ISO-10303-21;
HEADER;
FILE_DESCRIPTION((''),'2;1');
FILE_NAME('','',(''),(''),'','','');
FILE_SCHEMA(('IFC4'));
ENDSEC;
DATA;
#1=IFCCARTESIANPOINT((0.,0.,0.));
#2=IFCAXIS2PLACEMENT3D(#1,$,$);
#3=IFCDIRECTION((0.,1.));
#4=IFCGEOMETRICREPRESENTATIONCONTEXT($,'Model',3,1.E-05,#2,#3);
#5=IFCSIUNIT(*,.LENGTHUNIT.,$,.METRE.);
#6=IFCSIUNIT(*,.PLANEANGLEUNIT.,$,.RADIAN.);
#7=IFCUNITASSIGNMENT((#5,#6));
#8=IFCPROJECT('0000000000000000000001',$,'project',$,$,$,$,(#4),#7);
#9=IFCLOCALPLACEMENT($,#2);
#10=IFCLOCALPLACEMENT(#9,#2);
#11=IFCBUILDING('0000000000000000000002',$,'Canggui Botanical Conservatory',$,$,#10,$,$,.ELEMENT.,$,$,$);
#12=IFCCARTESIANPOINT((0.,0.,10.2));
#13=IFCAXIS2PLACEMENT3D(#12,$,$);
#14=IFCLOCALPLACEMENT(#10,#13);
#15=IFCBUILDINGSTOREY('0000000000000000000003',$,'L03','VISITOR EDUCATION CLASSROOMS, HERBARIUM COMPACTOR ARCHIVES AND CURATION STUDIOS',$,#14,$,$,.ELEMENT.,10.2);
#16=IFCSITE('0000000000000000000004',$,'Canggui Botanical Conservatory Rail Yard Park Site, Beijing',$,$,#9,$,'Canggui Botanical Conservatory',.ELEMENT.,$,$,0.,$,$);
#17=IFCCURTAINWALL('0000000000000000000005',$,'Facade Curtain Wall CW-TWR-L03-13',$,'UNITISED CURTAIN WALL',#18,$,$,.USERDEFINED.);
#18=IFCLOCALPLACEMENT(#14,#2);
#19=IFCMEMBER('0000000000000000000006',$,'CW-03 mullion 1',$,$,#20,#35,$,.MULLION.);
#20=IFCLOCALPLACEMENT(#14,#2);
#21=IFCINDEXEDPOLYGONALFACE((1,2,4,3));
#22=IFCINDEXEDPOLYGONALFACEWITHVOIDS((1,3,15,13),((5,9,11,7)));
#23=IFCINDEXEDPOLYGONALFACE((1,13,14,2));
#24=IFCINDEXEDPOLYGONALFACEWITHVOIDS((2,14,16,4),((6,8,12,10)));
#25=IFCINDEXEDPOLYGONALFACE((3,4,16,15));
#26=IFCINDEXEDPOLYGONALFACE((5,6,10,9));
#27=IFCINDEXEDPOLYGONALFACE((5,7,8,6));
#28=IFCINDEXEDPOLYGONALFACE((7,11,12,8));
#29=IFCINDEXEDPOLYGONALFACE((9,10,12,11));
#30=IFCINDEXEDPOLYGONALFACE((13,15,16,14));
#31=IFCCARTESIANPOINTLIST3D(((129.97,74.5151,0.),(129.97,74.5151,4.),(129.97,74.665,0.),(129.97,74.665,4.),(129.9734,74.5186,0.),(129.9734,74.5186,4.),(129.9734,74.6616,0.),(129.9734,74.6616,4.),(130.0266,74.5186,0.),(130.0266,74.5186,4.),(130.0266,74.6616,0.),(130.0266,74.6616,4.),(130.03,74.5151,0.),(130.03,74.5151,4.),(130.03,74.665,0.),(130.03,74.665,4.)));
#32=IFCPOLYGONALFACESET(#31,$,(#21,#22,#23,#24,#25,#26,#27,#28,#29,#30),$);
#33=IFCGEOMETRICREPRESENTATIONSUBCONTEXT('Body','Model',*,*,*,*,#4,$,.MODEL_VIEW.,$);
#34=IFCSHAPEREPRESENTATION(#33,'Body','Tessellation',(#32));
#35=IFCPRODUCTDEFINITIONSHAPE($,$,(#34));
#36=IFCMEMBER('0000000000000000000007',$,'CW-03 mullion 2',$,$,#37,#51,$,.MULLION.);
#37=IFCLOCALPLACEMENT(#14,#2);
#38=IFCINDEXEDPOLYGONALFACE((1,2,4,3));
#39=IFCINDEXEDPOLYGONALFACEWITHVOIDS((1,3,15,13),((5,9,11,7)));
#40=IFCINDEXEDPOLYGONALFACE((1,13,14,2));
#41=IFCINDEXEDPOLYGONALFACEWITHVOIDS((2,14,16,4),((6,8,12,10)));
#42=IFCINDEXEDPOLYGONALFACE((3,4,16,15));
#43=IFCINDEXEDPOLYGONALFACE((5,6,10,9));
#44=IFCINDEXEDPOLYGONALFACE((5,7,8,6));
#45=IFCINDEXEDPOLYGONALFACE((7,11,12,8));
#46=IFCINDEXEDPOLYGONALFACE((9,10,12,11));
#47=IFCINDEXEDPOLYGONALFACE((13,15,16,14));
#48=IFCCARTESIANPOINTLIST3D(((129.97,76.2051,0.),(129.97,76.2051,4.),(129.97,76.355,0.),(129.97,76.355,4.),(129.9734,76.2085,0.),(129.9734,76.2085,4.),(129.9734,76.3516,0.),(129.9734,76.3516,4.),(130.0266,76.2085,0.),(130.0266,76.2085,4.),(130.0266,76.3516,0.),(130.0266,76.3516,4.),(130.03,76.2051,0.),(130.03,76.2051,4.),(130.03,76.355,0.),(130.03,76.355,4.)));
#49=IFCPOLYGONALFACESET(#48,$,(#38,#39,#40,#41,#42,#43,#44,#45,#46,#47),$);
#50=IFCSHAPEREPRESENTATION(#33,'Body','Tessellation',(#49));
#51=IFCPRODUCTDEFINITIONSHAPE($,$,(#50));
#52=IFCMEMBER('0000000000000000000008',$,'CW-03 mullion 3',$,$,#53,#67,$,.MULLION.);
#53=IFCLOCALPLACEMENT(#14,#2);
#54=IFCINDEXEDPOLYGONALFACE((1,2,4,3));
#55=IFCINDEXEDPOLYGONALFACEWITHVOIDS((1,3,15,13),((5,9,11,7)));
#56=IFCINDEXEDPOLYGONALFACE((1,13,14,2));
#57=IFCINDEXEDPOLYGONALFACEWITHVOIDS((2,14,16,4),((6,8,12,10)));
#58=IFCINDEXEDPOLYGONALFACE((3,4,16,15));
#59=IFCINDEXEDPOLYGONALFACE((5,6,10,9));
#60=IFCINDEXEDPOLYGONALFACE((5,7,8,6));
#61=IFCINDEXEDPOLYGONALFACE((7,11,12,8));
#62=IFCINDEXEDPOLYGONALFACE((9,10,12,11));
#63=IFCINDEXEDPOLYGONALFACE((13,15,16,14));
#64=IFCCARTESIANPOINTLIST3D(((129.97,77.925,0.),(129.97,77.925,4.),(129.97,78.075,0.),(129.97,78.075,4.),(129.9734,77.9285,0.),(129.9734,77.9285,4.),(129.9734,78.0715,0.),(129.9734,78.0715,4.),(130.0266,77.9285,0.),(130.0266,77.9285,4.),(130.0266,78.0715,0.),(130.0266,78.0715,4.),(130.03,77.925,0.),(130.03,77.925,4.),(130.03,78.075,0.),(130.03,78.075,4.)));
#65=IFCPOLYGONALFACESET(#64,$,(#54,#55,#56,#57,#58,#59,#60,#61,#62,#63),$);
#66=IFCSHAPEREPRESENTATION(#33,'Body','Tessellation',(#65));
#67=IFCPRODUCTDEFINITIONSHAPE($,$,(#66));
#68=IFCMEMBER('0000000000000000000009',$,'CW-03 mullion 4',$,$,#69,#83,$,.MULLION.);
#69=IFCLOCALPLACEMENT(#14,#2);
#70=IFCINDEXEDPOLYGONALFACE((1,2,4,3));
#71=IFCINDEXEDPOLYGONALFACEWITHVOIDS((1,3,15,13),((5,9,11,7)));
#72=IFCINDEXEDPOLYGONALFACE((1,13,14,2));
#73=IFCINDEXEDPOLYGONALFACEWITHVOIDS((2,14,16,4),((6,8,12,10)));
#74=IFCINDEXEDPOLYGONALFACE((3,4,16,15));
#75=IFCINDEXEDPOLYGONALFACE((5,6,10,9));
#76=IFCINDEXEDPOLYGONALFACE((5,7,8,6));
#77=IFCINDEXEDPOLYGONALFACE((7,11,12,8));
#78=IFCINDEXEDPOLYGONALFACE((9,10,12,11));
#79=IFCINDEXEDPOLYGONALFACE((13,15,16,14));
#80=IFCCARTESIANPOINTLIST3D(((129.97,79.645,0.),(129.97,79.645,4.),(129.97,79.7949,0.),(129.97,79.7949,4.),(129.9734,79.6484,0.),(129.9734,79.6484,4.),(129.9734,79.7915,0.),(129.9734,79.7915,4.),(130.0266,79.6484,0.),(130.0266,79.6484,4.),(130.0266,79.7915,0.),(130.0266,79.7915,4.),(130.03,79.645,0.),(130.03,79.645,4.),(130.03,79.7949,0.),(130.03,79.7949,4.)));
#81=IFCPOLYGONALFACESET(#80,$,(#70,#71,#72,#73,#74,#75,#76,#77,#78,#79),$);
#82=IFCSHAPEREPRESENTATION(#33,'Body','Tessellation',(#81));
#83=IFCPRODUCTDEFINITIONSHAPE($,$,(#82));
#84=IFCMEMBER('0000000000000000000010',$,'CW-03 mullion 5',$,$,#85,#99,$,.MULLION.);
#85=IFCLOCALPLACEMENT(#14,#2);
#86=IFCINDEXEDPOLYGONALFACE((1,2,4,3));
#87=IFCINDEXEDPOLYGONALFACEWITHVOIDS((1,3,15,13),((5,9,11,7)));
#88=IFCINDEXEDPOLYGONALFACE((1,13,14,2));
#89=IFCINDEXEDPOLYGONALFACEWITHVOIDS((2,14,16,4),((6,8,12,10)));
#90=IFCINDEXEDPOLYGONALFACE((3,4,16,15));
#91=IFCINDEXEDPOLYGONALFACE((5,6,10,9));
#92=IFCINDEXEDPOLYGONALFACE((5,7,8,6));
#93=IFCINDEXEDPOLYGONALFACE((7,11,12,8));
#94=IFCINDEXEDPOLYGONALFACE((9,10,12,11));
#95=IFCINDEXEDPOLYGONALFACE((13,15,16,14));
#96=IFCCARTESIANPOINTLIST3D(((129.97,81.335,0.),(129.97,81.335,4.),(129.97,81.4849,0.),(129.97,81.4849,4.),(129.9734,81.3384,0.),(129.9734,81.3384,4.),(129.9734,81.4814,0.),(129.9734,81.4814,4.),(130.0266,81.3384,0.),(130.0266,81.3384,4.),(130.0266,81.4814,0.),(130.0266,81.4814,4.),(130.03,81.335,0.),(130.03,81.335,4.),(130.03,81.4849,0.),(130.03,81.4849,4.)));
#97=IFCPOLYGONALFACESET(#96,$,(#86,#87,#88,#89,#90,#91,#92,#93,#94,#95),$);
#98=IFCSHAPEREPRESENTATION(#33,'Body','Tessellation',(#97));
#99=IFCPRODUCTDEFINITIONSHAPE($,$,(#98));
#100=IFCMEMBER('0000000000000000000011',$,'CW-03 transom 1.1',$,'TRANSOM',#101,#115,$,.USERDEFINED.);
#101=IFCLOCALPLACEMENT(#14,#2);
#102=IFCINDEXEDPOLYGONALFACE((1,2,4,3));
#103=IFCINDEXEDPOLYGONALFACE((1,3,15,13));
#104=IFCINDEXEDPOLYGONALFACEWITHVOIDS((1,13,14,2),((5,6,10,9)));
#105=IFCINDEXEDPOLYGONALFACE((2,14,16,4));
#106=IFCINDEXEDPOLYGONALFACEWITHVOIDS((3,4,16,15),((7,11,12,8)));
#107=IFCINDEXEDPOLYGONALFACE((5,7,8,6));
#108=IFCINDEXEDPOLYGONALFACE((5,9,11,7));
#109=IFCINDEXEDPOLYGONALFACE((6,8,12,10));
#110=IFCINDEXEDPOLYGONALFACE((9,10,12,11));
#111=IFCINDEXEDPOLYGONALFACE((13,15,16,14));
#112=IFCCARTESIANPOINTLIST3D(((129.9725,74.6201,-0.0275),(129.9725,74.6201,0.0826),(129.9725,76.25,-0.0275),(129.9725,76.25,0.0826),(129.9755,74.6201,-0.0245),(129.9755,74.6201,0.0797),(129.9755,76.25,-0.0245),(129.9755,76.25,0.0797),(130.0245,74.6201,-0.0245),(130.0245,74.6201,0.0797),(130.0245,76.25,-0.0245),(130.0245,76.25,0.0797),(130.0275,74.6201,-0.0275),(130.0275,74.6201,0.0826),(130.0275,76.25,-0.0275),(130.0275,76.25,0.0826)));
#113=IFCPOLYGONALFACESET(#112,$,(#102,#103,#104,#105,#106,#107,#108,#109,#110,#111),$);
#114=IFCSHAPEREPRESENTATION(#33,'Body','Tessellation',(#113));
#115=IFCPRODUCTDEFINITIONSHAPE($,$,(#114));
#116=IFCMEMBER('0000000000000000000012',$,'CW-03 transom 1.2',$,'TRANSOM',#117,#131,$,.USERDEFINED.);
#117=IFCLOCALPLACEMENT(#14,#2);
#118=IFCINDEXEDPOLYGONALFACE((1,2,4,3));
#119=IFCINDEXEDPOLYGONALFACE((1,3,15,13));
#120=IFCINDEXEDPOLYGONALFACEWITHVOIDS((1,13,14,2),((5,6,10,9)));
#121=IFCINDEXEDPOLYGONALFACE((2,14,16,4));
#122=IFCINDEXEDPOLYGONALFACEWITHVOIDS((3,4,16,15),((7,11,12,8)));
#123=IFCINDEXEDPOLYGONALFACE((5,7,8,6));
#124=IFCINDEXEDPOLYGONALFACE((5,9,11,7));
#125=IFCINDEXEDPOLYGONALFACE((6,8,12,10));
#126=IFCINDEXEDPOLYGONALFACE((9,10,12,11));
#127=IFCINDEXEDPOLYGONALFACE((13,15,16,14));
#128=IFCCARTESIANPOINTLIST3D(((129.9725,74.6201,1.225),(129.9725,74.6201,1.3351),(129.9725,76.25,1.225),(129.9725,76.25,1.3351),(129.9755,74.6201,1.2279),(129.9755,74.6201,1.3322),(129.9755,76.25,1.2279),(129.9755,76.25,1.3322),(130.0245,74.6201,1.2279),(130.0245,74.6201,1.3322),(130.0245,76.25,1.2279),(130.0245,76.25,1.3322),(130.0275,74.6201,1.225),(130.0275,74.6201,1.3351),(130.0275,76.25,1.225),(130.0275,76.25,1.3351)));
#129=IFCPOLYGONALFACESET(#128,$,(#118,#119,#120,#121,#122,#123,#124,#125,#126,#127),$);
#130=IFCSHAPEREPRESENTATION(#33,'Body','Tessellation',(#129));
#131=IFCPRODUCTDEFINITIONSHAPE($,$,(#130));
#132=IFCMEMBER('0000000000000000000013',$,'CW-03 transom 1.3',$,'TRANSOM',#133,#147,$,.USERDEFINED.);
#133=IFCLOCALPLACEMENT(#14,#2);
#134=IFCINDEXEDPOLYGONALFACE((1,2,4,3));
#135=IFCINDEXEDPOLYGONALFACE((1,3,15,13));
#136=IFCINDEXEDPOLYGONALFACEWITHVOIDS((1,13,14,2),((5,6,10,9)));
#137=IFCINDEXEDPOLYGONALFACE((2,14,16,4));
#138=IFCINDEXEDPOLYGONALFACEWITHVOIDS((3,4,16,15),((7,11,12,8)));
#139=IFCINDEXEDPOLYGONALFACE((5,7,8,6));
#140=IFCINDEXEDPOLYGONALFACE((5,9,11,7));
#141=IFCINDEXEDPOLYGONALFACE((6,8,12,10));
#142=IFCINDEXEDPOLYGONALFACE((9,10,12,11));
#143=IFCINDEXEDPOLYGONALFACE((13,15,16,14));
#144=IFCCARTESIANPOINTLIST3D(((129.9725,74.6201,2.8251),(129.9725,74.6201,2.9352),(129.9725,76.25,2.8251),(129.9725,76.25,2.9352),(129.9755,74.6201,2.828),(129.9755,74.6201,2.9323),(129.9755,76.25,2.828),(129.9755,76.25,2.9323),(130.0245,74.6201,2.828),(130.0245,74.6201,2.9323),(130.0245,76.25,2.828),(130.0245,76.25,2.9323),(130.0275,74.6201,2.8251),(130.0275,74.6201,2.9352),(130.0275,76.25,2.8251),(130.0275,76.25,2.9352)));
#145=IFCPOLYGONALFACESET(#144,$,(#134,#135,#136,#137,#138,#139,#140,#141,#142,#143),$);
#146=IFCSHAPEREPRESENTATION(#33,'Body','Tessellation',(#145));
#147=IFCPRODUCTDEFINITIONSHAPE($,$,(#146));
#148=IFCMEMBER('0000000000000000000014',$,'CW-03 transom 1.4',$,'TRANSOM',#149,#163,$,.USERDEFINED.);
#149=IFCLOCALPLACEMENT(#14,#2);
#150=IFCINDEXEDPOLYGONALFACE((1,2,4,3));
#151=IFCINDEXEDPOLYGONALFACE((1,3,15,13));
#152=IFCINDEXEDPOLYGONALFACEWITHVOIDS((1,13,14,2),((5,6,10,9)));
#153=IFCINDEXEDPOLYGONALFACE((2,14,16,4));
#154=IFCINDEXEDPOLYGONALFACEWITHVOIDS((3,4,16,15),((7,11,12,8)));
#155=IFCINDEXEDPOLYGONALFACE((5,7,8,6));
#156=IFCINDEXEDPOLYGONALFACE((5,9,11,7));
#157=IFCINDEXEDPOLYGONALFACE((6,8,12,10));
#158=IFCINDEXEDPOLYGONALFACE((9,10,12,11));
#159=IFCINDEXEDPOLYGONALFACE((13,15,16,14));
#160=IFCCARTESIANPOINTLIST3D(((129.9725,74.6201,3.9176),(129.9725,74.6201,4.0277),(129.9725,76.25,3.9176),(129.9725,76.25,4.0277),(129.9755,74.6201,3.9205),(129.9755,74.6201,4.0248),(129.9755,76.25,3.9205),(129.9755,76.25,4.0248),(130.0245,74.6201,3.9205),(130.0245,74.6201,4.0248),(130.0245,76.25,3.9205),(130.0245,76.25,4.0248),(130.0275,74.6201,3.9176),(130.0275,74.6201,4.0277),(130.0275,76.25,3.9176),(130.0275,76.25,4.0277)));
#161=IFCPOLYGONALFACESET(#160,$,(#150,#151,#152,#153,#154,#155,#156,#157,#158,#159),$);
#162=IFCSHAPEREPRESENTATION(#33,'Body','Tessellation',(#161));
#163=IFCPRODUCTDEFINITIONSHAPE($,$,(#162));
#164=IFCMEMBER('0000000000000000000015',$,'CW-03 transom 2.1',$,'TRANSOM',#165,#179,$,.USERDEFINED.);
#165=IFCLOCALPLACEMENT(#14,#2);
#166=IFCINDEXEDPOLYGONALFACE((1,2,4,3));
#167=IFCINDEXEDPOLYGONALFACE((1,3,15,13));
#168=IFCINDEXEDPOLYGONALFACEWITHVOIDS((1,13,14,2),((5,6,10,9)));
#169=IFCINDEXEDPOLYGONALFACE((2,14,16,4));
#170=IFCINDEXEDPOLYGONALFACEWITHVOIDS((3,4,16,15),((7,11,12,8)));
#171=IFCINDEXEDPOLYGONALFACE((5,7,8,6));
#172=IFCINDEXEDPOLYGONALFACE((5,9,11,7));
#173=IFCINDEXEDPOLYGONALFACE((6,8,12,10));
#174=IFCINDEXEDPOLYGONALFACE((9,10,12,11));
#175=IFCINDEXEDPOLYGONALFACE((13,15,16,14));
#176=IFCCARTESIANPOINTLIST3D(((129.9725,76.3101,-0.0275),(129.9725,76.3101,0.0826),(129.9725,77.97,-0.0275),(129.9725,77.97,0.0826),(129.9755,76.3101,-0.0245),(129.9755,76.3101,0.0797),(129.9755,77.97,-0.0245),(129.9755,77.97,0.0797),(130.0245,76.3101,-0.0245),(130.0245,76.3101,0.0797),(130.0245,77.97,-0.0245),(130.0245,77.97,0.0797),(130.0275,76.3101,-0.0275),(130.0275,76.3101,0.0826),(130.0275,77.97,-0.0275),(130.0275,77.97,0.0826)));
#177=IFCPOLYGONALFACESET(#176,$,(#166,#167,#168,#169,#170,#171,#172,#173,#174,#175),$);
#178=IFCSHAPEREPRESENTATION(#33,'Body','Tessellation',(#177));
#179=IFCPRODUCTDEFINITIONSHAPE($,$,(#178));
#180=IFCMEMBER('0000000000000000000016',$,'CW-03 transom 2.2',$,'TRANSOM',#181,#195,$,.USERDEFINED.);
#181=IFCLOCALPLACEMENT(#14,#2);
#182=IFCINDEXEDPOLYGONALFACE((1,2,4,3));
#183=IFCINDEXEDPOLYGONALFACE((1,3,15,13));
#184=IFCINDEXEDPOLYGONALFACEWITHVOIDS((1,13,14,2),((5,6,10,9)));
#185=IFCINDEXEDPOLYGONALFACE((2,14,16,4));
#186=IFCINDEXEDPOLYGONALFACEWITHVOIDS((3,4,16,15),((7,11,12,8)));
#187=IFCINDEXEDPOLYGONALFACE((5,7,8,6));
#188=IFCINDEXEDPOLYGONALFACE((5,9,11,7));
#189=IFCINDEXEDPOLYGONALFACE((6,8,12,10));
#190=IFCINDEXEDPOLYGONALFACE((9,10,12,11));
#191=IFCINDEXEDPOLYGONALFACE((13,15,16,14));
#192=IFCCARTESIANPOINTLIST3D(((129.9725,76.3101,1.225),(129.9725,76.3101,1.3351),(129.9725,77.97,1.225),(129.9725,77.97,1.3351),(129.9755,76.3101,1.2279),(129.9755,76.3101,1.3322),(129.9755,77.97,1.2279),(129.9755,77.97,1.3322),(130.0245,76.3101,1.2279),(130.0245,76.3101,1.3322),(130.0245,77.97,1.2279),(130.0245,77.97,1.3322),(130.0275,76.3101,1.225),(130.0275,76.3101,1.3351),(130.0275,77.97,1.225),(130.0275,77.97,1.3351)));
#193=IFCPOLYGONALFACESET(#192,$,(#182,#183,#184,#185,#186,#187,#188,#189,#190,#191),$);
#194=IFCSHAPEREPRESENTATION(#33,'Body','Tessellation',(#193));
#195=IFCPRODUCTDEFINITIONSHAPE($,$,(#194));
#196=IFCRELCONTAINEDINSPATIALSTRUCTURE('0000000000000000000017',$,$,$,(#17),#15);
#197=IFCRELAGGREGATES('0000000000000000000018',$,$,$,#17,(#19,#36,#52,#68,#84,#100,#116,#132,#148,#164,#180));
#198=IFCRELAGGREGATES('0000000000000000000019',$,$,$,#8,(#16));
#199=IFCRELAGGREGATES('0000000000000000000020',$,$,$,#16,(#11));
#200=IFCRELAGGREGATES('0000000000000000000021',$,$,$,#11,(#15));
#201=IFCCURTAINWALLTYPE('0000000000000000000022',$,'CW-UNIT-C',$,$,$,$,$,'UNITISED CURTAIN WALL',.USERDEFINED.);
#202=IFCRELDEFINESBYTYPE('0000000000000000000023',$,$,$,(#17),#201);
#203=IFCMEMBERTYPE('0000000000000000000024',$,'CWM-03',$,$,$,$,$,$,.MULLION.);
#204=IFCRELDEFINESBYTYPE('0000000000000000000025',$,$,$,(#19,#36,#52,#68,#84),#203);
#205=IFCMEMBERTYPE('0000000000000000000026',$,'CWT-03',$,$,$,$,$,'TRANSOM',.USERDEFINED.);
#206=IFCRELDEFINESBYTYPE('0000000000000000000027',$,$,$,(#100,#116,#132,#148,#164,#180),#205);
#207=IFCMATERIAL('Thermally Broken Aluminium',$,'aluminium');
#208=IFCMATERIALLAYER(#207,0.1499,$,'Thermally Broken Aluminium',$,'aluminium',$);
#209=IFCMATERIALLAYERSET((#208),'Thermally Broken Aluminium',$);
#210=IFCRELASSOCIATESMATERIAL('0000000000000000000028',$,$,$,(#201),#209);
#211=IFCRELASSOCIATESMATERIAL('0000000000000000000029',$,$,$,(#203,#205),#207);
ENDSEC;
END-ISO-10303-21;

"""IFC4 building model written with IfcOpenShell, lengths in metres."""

from ifc_helpers import new_model, si_unit, direction, frame, origin, origin_2d, place, context, subcontext, project, spatial, hollow_rectangle, extrude, material, layer, layer_set, material_profile, profile_set, type_object, element, aggregate, save


model = new_model("IFC4")

# Units and contexts
model_context = context("Model", 3, precision=1e-05, world=origin(), true_north=direction((0.0, 1.0)))
body_context = subcontext(model_context, "Body", "Model", "MODEL_VIEW")
ifc_project = project(units=[si_unit("LENGTHUNIT", "METRE"), si_unit("PLANEANGLEUNIT", "RADIAN")], contexts=[model_context])

# Site, building, storey
site_placement = place(None, origin())
site = spatial("IfcSite", under=ifc_project, at=site_placement, Name="Canggui Botanical Conservatory Rail Yard Park Site, Beijing", LongName="Canggui Botanical Conservatory", CompositionType="ELEMENT", RefElevation=0.0)
building_placement = place(site_placement, origin())
building = spatial("IfcBuilding", under=site, at=building_placement, Name="Canggui Botanical Conservatory", CompositionType="ELEMENT")
storey_placement = place(building_placement, frame((0.0, 0.0, 10.2)))
storey = spatial("IfcBuildingStorey", under=building, at=storey_placement, Name="L03", Description="VISITOR EDUCATION CLASSROOMS, HERBARIUM COMPACTOR ARCHIVES AND CURATION STUDIOS", CompositionType="ELEMENT", Elevation=10.2)

# Curtain wall, members
ifc_material_1 = material(Name="Thermally Broken Aluminium", Category="aluminium")
ifc_layer_1 = layer(ifc_material_1, 0.1499, Name="Thermally Broken Aluminium", Category="aluminium")
ifc_layer_set_1 = layer_set([ifc_layer_1], Name="Thermally Broken Aluminium")
curtain_wall_type = type_object("IfcCurtainWallType", Name="CW-UNIT-C", ElementType="UNITISED CURTAIN WALL", PredefinedType="USERDEFINED", material=ifc_layer_set_1)
curtain_wall_placement = place(storey_placement, origin())
curtain_wall = element("IfcCurtainWall", 1, at=curtain_wall_placement, inside=storey, type_object=curtain_wall_type, Name="Facade Curtain Wall CW-TWR-L03-13", ObjectType="UNITISED CURTAIN WALL", PredefinedType="USERDEFINED")
ifc_material_profile_1 = material_profile(ifc_material_1, hollow_rectangle(XDim=0.0601, YDim=0.1499, WallThickness=0.0034, at=origin_2d()), Name="CWM 60x150x3.5")
ifc_profile_set_1 = profile_set([ifc_material_profile_1], Name="Thermally Broken Aluminium")
member_type_1 = type_object("IfcMemberType", Name="CWM-03", PredefinedType="MULLION", material=ifc_profile_set_1)
member_1_placement = place(storey_placement, frame((130.0, 74.5901, 0.0), z_axis=(0.0, 0.0, 1.0), x_axis=(-1.0, 0.0, 0.0)))
member_1 = element("IfcMember", 2, at=member_1_placement, type_object=member_type_1, Name="CW-03 mullion 1", PredefinedType="MULLION", context=body_context, shape_type="SweptSolid", body=[
    extrude(hollow_rectangle(XDim=0.0601, YDim=0.1499, WallThickness=0.0034, at=origin_2d()), origin(), (0.0, 0.0, 1.0), 4.0),
])
member_2_placement = place(storey_placement, frame((130.0, 76.28, 0.0), z_axis=(0.0, 0.0, 1.0), x_axis=(-1.0, 0.0, 0.0)))
member_2 = element("IfcMember", 3, at=member_2_placement, type_object=member_type_1, Name="CW-03 mullion 2", PredefinedType="MULLION", context=body_context, shape_type="SweptSolid", body=[
    extrude(hollow_rectangle(XDim=0.0601, YDim=0.1499, WallThickness=0.0034, at=origin_2d()), origin(), (0.0, 0.0, 1.0), 4.0),
])
member_3_placement = place(storey_placement, frame((130.0, 78.0, 0.0), z_axis=(0.0, 0.0, 1.0), x_axis=(-1.0, 0.0, 0.0)))
member_3 = element("IfcMember", 4, at=member_3_placement, type_object=member_type_1, Name="CW-03 mullion 3", PredefinedType="MULLION", context=body_context, shape_type="SweptSolid", body=[
    extrude(hollow_rectangle(XDim=0.0601, YDim=0.1499, WallThickness=0.0034, at=origin_2d()), origin(), (0.0, 0.0, 1.0), 4.0),
])
member_4_placement = place(storey_placement, frame((130.0, 79.72, 0.0), z_axis=(0.0, 0.0, 1.0), x_axis=(-1.0, 0.0, 0.0)))
member_4 = element("IfcMember", 5, at=member_4_placement, type_object=member_type_1, Name="CW-03 mullion 4", PredefinedType="MULLION", context=body_context, shape_type="SweptSolid", body=[
    extrude(hollow_rectangle(XDim=0.0601, YDim=0.1499, WallThickness=0.0034, at=origin_2d()), origin(), (0.0, 0.0, 1.0), 4.0),
])
member_5_placement = place(storey_placement, frame((130.0, 81.4099, 0.0), z_axis=(0.0, 0.0, 1.0), x_axis=(-1.0, 0.0, 0.0)))
member_5 = element("IfcMember", 6, at=member_5_placement, type_object=member_type_1, Name="CW-03 mullion 5", PredefinedType="MULLION", context=body_context, shape_type="SweptSolid", body=[
    extrude(hollow_rectangle(XDim=0.0601, YDim=0.1499, WallThickness=0.0034, at=origin_2d()), origin(), (0.0, 0.0, 1.0), 4.0),
])
ifc_material_profile_2 = material_profile(ifc_material_1, hollow_rectangle(XDim=0.0549, YDim=0.1101, WallThickness=0.0029, at=origin_2d()), Name="CWT 55x110x3")
ifc_profile_set_2 = profile_set([ifc_material_profile_2], Name="Thermally Broken Aluminium")
member_type_2 = type_object("IfcMemberType", Name="CWT-03", ElementType="TRANSOM", PredefinedType="USERDEFINED", material=ifc_profile_set_2)
member_6_placement = place(storey_placement, frame((130.0, 74.6201, 0.0276), z_axis=(0.0, 1.0, 0.0), x_axis=(-1.0, 0.0, 0.0)))
member_6 = element("IfcMember", 7, at=member_6_placement, type_object=member_type_2, Name="CW-03 transom 1.1", ObjectType="TRANSOM", PredefinedType="USERDEFINED", context=body_context, shape_type="SweptSolid", body=[
    extrude(hollow_rectangle(XDim=0.0549, YDim=0.1101, WallThickness=0.0029, at=origin_2d()), origin(), (0.0, 0.0, 1.0), 1.6299),
])
member_7_placement = place(storey_placement, frame((130.0, 74.6201, 1.28), z_axis=(0.0, 1.0, 0.0), x_axis=(-1.0, 0.0, 0.0)))
member_7 = element("IfcMember", 8, at=member_7_placement, type_object=member_type_2, Name="CW-03 transom 1.2", ObjectType="TRANSOM", PredefinedType="USERDEFINED", context=body_context, shape_type="SweptSolid", body=[
    extrude(hollow_rectangle(XDim=0.0549, YDim=0.1101, WallThickness=0.0029, at=origin_2d()), origin(), (0.0, 0.0, 1.0), 1.6299),
])
member_8_placement = place(storey_placement, frame((130.0, 74.6201, 2.8801), z_axis=(0.0, 1.0, 0.0), x_axis=(-1.0, 0.0, 0.0)))
member_8 = element("IfcMember", 9, at=member_8_placement, type_object=member_type_2, Name="CW-03 transom 1.3", ObjectType="TRANSOM", PredefinedType="USERDEFINED", context=body_context, shape_type="SweptSolid", body=[
    extrude(hollow_rectangle(XDim=0.0549, YDim=0.1101, WallThickness=0.0029, at=origin_2d()), origin(), (0.0, 0.0, 1.0), 1.6299),
])
member_9_placement = place(storey_placement, frame((130.0, 74.6201, 3.9727), z_axis=(0.0, 1.0, 0.0), x_axis=(-1.0, 0.0, 0.0)))
member_9 = element("IfcMember", 10, at=member_9_placement, type_object=member_type_2, Name="CW-03 transom 1.4", ObjectType="TRANSOM", PredefinedType="USERDEFINED", context=body_context, shape_type="SweptSolid", body=[
    extrude(hollow_rectangle(XDim=0.0549, YDim=0.1101, WallThickness=0.0029, at=origin_2d()), origin(), (0.0, 0.0, 1.0), 1.6299),
])
member_10_placement = place(storey_placement, frame((130.0, 76.3101, 0.0276), z_axis=(0.0, 1.0, 0.0), x_axis=(-1.0, 0.0, 0.0)))
member_10 = element("IfcMember", 11, at=member_10_placement, type_object=member_type_2, Name="CW-03 transom 2.1", ObjectType="TRANSOM", PredefinedType="USERDEFINED", context=body_context, shape_type="SweptSolid", body=[
    extrude(hollow_rectangle(XDim=0.0549, YDim=0.1101, WallThickness=0.0029, at=origin_2d()), origin(), (0.0, 0.0, 1.0), 1.6599),
])
member_11_placement = place(storey_placement, frame((130.0, 76.3101, 1.28), z_axis=(0.0, 1.0, 0.0), x_axis=(-1.0, 0.0, 0.0)))
member_11 = element("IfcMember", 12, at=member_11_placement, type_object=member_type_2, Name="CW-03 transom 2.2", ObjectType="TRANSOM", PredefinedType="USERDEFINED", context=body_context, shape_type="SweptSolid", body=[
    extrude(hollow_rectangle(XDim=0.0549, YDim=0.1101, WallThickness=0.0029, at=origin_2d()), origin(), (0.0, 0.0, 1.0), 1.6599),
])
aggregate(curtain_wall, [member_1, member_2, member_3, member_4, member_5, member_6, member_7, member_8, member_9, member_10, member_11])

save(model, "model.ifc")
